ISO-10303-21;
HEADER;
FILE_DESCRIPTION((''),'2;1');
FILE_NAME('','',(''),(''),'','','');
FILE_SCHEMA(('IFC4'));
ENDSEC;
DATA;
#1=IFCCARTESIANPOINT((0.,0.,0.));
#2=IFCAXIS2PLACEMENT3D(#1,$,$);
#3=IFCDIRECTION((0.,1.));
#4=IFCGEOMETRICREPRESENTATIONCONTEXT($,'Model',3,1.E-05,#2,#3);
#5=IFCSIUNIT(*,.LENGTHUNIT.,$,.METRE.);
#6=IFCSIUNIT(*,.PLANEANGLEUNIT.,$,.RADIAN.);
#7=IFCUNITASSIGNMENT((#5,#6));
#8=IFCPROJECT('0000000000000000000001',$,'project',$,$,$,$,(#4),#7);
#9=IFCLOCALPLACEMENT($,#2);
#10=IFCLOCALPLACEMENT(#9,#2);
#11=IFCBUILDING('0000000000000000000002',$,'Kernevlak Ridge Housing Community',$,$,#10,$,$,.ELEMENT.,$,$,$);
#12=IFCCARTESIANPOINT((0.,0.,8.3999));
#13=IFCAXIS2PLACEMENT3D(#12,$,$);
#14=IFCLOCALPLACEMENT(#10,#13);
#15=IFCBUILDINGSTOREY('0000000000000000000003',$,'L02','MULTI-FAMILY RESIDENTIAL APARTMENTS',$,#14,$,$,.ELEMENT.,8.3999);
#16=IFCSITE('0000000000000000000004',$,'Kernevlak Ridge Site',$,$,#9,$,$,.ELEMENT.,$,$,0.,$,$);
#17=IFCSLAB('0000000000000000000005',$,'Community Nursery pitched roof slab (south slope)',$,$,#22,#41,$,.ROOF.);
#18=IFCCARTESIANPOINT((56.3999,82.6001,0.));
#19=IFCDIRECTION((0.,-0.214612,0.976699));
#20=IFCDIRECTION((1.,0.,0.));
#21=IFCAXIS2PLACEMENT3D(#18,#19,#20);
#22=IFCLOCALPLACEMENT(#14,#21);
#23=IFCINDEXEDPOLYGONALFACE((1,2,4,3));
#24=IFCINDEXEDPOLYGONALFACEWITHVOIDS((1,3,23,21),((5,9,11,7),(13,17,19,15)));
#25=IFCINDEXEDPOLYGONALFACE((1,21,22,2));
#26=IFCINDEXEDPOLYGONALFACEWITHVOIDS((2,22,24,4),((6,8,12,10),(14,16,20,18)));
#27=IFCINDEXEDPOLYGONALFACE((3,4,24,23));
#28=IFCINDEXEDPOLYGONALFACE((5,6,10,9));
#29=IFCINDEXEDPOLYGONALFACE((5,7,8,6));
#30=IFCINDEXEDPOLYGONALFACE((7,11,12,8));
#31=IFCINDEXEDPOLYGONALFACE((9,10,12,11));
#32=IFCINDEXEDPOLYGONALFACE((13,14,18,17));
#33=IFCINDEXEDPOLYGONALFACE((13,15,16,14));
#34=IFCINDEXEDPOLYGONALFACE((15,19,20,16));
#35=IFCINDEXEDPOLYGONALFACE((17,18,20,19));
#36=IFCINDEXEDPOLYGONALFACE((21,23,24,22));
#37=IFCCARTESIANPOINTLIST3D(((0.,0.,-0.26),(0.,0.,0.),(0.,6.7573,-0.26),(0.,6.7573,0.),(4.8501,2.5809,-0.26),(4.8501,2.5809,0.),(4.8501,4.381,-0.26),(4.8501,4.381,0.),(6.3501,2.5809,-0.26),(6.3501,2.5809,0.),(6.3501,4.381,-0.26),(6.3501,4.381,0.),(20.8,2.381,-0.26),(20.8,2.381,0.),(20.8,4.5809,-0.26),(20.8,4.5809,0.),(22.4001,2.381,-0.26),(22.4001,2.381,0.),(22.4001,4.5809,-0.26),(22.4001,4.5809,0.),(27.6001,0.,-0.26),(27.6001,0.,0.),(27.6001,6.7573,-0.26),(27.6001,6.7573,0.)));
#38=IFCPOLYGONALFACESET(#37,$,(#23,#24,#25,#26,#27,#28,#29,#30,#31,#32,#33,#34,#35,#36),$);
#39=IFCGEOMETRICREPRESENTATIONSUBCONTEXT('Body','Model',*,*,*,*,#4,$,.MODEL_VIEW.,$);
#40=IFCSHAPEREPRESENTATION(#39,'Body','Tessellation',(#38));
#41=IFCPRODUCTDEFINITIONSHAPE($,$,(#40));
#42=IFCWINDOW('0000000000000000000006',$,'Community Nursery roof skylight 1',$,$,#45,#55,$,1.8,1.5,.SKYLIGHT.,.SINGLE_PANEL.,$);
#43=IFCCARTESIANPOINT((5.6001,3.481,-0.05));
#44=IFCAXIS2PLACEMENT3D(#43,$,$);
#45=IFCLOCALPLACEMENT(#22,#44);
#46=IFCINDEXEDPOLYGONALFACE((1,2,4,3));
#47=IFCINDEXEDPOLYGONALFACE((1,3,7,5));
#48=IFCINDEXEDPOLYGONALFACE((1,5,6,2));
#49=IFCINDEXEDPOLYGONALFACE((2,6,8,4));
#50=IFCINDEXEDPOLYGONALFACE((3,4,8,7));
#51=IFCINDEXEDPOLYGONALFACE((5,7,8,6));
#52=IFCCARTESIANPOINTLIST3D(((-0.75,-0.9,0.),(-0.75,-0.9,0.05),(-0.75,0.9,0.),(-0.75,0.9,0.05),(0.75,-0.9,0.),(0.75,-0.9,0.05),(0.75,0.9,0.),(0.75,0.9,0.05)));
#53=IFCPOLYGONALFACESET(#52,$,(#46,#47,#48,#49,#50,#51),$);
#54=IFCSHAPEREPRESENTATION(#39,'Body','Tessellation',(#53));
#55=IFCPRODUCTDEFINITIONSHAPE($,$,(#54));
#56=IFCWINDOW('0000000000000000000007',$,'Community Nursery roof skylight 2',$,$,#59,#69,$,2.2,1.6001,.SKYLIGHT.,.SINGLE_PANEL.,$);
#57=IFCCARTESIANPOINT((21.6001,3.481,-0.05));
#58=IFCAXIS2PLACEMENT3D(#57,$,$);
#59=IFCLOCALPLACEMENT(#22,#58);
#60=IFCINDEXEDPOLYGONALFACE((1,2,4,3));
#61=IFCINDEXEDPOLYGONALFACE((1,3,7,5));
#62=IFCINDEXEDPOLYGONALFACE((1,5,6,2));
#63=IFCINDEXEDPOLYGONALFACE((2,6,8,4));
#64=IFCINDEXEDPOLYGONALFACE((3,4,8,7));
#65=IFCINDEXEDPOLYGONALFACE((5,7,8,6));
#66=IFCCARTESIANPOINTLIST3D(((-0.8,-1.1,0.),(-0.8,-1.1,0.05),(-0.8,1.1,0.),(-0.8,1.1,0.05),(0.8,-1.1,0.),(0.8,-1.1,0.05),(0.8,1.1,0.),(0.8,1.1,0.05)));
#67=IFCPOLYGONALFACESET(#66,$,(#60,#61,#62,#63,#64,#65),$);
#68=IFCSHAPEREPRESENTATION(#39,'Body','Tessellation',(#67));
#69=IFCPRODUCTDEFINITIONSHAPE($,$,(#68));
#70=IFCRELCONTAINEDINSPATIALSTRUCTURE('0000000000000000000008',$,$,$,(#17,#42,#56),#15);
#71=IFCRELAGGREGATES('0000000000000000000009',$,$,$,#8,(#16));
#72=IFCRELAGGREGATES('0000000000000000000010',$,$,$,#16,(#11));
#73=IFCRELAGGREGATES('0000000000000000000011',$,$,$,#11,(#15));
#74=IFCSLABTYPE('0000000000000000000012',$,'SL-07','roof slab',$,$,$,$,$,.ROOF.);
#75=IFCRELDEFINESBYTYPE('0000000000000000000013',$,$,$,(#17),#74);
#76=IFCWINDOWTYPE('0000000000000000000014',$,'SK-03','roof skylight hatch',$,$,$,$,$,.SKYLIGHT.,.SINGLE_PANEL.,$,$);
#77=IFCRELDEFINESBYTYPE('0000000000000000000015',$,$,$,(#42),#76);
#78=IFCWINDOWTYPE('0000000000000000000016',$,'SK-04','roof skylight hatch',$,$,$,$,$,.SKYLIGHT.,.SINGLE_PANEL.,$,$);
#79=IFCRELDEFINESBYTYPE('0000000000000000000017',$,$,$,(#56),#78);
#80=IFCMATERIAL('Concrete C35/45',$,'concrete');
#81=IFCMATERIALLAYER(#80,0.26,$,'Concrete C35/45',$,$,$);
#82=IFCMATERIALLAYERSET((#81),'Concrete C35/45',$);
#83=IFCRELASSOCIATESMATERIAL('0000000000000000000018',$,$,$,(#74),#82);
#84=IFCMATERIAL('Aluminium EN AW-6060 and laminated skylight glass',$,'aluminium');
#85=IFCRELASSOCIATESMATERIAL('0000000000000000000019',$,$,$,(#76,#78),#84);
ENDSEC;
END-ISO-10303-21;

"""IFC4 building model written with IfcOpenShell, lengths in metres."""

from ifc_helpers import new_model, si_unit, direction, frame, origin, origin_2d, place, context, subcontext, project, spatial, polyline, rectangle, outline, extrude, material, layer, layer_set, type_object, element, fill, save


model = new_model("IFC4")

# Units and contexts
model_context = context("Model", 3, precision=1e-05, world=origin(), true_north=direction((0.0, 1.0)))
body_context = subcontext(model_context, "Body", "Model", "MODEL_VIEW")
ifc_project = project(units=[si_unit("LENGTHUNIT", "METRE"), si_unit("PLANEANGLEUNIT", "RADIAN")], contexts=[model_context])

# Site, building, storey
site_placement = place(None, origin())
site = spatial("IfcSite", under=ifc_project, at=site_placement, Name="Kernevlak Ridge Site", CompositionType="ELEMENT", RefElevation=0.0)
building_placement = place(site_placement, origin())
building = spatial("IfcBuilding", under=site, at=building_placement, Name="Kernevlak Ridge Housing Community", CompositionType="ELEMENT")
storey_placement = place(building_placement, frame((0.0, 0.0, 8.3999)))
storey = spatial("IfcBuildingStorey", under=building, at=storey_placement, Name="L02", Description="MULTI-FAMILY RESIDENTIAL APARTMENTS", CompositionType="ELEMENT", Elevation=8.3999)

# Shared definitions
ifc_material_1 = material(Name="Concrete C35/45", Category="concrete")

# Slab, openings, windows
ifc_layer_1 = layer(ifc_material_1, 0.26, Name="Concrete C35/45")
ifc_layer_set_1 = layer_set([ifc_layer_1], Name="Concrete C35/45")
slab_type = type_object("IfcSlabType", Name="SL-07", Description="roof slab", PredefinedType="ROOF", material=ifc_layer_set_1)
slab_placement = place(storey_placement, frame((56.3999, 82.6001, 0.0), z_axis=(0.0, -0.214612, 0.976699), x_axis=(1.0, 0.0, 0.0)))
slab = element("IfcSlab", 1, at=slab_placement, inside=storey, type_object=slab_type, Name="Community Nursery pitched roof slab (south slope)", PredefinedType="ROOF", context=body_context, shape_type="SweptSolid", body=[
    extrude(outline(polyline([(0.0, 0.0), (27.6001, 0.0), (27.6001, 6.7573), (0.0, 6.7573), (0.0, 0.0)])), origin(), (0.0, 0.0, -1.0), 0.26),
])
opening_1_placement = place(slab_placement, frame((5.6001, 3.481, -0.27)))
opening_1 = element("IfcOpeningElement", 2, at=opening_1_placement, cuts=slab, PredefinedType="OPENING", context=body_context, shape_type="SweptSolid", body=[
    extrude(rectangle(XDim=1.5, YDim=1.8, at=origin_2d()), origin(), (0.0, 0.0, 1.0), 0.28),
])
opening_2_placement = place(slab_placement, frame((21.6001, 3.481, -0.27)))
opening_2 = element("IfcOpeningElement", 3, at=opening_2_placement, cuts=slab, PredefinedType="OPENING", context=body_context, shape_type="SweptSolid", body=[
    extrude(rectangle(XDim=1.6001, YDim=2.2, at=origin_2d()), origin(), (0.0, 0.0, 1.0), 0.28),
])
ifc_material_2 = material(Name="Aluminium EN AW-6060 and laminated skylight glass", Category="aluminium")
window_type_1 = type_object("IfcWindowType", Name="SK-03", Description="roof skylight hatch", PartitioningType="SINGLE_PANEL", PredefinedType="SKYLIGHT", material=ifc_material_2)
window_1_placement = place(slab_placement, frame((5.6001, 3.481, -0.05)))
window_1 = element("IfcWindow", 4, at=window_1_placement, inside=storey, type_object=window_type_1, Name="Community Nursery roof skylight 1", OverallHeight=1.8, OverallWidth=1.5, PartitioningType="SINGLE_PANEL", PredefinedType="SKYLIGHT", context=body_context, shape_type="SweptSolid", body=[
    extrude(rectangle(XDim=1.5, YDim=1.8, at=origin_2d()), origin(), (0.0, 0.0, 1.0), 0.05),
])
fill(opening_1, window_1)
window_type_2 = type_object("IfcWindowType", Name="SK-04", Description="roof skylight hatch", PartitioningType="SINGLE_PANEL", PredefinedType="SKYLIGHT", material=ifc_material_2)
window_2_placement = place(slab_placement, frame((21.6001, 3.481, -0.05)))
window_2 = element("IfcWindow", 5, at=window_2_placement, inside=storey, type_object=window_type_2, Name="Community Nursery roof skylight 2", OverallHeight=2.2, OverallWidth=1.6001, PartitioningType="SINGLE_PANEL", PredefinedType="SKYLIGHT", context=body_context, shape_type="SweptSolid", body=[
    extrude(rectangle(XDim=1.6001, YDim=2.2, at=origin_2d()), origin(), (0.0, 0.0, 1.0), 0.05),
])
fill(opening_2, window_2)

save(model, "model.ifc")
